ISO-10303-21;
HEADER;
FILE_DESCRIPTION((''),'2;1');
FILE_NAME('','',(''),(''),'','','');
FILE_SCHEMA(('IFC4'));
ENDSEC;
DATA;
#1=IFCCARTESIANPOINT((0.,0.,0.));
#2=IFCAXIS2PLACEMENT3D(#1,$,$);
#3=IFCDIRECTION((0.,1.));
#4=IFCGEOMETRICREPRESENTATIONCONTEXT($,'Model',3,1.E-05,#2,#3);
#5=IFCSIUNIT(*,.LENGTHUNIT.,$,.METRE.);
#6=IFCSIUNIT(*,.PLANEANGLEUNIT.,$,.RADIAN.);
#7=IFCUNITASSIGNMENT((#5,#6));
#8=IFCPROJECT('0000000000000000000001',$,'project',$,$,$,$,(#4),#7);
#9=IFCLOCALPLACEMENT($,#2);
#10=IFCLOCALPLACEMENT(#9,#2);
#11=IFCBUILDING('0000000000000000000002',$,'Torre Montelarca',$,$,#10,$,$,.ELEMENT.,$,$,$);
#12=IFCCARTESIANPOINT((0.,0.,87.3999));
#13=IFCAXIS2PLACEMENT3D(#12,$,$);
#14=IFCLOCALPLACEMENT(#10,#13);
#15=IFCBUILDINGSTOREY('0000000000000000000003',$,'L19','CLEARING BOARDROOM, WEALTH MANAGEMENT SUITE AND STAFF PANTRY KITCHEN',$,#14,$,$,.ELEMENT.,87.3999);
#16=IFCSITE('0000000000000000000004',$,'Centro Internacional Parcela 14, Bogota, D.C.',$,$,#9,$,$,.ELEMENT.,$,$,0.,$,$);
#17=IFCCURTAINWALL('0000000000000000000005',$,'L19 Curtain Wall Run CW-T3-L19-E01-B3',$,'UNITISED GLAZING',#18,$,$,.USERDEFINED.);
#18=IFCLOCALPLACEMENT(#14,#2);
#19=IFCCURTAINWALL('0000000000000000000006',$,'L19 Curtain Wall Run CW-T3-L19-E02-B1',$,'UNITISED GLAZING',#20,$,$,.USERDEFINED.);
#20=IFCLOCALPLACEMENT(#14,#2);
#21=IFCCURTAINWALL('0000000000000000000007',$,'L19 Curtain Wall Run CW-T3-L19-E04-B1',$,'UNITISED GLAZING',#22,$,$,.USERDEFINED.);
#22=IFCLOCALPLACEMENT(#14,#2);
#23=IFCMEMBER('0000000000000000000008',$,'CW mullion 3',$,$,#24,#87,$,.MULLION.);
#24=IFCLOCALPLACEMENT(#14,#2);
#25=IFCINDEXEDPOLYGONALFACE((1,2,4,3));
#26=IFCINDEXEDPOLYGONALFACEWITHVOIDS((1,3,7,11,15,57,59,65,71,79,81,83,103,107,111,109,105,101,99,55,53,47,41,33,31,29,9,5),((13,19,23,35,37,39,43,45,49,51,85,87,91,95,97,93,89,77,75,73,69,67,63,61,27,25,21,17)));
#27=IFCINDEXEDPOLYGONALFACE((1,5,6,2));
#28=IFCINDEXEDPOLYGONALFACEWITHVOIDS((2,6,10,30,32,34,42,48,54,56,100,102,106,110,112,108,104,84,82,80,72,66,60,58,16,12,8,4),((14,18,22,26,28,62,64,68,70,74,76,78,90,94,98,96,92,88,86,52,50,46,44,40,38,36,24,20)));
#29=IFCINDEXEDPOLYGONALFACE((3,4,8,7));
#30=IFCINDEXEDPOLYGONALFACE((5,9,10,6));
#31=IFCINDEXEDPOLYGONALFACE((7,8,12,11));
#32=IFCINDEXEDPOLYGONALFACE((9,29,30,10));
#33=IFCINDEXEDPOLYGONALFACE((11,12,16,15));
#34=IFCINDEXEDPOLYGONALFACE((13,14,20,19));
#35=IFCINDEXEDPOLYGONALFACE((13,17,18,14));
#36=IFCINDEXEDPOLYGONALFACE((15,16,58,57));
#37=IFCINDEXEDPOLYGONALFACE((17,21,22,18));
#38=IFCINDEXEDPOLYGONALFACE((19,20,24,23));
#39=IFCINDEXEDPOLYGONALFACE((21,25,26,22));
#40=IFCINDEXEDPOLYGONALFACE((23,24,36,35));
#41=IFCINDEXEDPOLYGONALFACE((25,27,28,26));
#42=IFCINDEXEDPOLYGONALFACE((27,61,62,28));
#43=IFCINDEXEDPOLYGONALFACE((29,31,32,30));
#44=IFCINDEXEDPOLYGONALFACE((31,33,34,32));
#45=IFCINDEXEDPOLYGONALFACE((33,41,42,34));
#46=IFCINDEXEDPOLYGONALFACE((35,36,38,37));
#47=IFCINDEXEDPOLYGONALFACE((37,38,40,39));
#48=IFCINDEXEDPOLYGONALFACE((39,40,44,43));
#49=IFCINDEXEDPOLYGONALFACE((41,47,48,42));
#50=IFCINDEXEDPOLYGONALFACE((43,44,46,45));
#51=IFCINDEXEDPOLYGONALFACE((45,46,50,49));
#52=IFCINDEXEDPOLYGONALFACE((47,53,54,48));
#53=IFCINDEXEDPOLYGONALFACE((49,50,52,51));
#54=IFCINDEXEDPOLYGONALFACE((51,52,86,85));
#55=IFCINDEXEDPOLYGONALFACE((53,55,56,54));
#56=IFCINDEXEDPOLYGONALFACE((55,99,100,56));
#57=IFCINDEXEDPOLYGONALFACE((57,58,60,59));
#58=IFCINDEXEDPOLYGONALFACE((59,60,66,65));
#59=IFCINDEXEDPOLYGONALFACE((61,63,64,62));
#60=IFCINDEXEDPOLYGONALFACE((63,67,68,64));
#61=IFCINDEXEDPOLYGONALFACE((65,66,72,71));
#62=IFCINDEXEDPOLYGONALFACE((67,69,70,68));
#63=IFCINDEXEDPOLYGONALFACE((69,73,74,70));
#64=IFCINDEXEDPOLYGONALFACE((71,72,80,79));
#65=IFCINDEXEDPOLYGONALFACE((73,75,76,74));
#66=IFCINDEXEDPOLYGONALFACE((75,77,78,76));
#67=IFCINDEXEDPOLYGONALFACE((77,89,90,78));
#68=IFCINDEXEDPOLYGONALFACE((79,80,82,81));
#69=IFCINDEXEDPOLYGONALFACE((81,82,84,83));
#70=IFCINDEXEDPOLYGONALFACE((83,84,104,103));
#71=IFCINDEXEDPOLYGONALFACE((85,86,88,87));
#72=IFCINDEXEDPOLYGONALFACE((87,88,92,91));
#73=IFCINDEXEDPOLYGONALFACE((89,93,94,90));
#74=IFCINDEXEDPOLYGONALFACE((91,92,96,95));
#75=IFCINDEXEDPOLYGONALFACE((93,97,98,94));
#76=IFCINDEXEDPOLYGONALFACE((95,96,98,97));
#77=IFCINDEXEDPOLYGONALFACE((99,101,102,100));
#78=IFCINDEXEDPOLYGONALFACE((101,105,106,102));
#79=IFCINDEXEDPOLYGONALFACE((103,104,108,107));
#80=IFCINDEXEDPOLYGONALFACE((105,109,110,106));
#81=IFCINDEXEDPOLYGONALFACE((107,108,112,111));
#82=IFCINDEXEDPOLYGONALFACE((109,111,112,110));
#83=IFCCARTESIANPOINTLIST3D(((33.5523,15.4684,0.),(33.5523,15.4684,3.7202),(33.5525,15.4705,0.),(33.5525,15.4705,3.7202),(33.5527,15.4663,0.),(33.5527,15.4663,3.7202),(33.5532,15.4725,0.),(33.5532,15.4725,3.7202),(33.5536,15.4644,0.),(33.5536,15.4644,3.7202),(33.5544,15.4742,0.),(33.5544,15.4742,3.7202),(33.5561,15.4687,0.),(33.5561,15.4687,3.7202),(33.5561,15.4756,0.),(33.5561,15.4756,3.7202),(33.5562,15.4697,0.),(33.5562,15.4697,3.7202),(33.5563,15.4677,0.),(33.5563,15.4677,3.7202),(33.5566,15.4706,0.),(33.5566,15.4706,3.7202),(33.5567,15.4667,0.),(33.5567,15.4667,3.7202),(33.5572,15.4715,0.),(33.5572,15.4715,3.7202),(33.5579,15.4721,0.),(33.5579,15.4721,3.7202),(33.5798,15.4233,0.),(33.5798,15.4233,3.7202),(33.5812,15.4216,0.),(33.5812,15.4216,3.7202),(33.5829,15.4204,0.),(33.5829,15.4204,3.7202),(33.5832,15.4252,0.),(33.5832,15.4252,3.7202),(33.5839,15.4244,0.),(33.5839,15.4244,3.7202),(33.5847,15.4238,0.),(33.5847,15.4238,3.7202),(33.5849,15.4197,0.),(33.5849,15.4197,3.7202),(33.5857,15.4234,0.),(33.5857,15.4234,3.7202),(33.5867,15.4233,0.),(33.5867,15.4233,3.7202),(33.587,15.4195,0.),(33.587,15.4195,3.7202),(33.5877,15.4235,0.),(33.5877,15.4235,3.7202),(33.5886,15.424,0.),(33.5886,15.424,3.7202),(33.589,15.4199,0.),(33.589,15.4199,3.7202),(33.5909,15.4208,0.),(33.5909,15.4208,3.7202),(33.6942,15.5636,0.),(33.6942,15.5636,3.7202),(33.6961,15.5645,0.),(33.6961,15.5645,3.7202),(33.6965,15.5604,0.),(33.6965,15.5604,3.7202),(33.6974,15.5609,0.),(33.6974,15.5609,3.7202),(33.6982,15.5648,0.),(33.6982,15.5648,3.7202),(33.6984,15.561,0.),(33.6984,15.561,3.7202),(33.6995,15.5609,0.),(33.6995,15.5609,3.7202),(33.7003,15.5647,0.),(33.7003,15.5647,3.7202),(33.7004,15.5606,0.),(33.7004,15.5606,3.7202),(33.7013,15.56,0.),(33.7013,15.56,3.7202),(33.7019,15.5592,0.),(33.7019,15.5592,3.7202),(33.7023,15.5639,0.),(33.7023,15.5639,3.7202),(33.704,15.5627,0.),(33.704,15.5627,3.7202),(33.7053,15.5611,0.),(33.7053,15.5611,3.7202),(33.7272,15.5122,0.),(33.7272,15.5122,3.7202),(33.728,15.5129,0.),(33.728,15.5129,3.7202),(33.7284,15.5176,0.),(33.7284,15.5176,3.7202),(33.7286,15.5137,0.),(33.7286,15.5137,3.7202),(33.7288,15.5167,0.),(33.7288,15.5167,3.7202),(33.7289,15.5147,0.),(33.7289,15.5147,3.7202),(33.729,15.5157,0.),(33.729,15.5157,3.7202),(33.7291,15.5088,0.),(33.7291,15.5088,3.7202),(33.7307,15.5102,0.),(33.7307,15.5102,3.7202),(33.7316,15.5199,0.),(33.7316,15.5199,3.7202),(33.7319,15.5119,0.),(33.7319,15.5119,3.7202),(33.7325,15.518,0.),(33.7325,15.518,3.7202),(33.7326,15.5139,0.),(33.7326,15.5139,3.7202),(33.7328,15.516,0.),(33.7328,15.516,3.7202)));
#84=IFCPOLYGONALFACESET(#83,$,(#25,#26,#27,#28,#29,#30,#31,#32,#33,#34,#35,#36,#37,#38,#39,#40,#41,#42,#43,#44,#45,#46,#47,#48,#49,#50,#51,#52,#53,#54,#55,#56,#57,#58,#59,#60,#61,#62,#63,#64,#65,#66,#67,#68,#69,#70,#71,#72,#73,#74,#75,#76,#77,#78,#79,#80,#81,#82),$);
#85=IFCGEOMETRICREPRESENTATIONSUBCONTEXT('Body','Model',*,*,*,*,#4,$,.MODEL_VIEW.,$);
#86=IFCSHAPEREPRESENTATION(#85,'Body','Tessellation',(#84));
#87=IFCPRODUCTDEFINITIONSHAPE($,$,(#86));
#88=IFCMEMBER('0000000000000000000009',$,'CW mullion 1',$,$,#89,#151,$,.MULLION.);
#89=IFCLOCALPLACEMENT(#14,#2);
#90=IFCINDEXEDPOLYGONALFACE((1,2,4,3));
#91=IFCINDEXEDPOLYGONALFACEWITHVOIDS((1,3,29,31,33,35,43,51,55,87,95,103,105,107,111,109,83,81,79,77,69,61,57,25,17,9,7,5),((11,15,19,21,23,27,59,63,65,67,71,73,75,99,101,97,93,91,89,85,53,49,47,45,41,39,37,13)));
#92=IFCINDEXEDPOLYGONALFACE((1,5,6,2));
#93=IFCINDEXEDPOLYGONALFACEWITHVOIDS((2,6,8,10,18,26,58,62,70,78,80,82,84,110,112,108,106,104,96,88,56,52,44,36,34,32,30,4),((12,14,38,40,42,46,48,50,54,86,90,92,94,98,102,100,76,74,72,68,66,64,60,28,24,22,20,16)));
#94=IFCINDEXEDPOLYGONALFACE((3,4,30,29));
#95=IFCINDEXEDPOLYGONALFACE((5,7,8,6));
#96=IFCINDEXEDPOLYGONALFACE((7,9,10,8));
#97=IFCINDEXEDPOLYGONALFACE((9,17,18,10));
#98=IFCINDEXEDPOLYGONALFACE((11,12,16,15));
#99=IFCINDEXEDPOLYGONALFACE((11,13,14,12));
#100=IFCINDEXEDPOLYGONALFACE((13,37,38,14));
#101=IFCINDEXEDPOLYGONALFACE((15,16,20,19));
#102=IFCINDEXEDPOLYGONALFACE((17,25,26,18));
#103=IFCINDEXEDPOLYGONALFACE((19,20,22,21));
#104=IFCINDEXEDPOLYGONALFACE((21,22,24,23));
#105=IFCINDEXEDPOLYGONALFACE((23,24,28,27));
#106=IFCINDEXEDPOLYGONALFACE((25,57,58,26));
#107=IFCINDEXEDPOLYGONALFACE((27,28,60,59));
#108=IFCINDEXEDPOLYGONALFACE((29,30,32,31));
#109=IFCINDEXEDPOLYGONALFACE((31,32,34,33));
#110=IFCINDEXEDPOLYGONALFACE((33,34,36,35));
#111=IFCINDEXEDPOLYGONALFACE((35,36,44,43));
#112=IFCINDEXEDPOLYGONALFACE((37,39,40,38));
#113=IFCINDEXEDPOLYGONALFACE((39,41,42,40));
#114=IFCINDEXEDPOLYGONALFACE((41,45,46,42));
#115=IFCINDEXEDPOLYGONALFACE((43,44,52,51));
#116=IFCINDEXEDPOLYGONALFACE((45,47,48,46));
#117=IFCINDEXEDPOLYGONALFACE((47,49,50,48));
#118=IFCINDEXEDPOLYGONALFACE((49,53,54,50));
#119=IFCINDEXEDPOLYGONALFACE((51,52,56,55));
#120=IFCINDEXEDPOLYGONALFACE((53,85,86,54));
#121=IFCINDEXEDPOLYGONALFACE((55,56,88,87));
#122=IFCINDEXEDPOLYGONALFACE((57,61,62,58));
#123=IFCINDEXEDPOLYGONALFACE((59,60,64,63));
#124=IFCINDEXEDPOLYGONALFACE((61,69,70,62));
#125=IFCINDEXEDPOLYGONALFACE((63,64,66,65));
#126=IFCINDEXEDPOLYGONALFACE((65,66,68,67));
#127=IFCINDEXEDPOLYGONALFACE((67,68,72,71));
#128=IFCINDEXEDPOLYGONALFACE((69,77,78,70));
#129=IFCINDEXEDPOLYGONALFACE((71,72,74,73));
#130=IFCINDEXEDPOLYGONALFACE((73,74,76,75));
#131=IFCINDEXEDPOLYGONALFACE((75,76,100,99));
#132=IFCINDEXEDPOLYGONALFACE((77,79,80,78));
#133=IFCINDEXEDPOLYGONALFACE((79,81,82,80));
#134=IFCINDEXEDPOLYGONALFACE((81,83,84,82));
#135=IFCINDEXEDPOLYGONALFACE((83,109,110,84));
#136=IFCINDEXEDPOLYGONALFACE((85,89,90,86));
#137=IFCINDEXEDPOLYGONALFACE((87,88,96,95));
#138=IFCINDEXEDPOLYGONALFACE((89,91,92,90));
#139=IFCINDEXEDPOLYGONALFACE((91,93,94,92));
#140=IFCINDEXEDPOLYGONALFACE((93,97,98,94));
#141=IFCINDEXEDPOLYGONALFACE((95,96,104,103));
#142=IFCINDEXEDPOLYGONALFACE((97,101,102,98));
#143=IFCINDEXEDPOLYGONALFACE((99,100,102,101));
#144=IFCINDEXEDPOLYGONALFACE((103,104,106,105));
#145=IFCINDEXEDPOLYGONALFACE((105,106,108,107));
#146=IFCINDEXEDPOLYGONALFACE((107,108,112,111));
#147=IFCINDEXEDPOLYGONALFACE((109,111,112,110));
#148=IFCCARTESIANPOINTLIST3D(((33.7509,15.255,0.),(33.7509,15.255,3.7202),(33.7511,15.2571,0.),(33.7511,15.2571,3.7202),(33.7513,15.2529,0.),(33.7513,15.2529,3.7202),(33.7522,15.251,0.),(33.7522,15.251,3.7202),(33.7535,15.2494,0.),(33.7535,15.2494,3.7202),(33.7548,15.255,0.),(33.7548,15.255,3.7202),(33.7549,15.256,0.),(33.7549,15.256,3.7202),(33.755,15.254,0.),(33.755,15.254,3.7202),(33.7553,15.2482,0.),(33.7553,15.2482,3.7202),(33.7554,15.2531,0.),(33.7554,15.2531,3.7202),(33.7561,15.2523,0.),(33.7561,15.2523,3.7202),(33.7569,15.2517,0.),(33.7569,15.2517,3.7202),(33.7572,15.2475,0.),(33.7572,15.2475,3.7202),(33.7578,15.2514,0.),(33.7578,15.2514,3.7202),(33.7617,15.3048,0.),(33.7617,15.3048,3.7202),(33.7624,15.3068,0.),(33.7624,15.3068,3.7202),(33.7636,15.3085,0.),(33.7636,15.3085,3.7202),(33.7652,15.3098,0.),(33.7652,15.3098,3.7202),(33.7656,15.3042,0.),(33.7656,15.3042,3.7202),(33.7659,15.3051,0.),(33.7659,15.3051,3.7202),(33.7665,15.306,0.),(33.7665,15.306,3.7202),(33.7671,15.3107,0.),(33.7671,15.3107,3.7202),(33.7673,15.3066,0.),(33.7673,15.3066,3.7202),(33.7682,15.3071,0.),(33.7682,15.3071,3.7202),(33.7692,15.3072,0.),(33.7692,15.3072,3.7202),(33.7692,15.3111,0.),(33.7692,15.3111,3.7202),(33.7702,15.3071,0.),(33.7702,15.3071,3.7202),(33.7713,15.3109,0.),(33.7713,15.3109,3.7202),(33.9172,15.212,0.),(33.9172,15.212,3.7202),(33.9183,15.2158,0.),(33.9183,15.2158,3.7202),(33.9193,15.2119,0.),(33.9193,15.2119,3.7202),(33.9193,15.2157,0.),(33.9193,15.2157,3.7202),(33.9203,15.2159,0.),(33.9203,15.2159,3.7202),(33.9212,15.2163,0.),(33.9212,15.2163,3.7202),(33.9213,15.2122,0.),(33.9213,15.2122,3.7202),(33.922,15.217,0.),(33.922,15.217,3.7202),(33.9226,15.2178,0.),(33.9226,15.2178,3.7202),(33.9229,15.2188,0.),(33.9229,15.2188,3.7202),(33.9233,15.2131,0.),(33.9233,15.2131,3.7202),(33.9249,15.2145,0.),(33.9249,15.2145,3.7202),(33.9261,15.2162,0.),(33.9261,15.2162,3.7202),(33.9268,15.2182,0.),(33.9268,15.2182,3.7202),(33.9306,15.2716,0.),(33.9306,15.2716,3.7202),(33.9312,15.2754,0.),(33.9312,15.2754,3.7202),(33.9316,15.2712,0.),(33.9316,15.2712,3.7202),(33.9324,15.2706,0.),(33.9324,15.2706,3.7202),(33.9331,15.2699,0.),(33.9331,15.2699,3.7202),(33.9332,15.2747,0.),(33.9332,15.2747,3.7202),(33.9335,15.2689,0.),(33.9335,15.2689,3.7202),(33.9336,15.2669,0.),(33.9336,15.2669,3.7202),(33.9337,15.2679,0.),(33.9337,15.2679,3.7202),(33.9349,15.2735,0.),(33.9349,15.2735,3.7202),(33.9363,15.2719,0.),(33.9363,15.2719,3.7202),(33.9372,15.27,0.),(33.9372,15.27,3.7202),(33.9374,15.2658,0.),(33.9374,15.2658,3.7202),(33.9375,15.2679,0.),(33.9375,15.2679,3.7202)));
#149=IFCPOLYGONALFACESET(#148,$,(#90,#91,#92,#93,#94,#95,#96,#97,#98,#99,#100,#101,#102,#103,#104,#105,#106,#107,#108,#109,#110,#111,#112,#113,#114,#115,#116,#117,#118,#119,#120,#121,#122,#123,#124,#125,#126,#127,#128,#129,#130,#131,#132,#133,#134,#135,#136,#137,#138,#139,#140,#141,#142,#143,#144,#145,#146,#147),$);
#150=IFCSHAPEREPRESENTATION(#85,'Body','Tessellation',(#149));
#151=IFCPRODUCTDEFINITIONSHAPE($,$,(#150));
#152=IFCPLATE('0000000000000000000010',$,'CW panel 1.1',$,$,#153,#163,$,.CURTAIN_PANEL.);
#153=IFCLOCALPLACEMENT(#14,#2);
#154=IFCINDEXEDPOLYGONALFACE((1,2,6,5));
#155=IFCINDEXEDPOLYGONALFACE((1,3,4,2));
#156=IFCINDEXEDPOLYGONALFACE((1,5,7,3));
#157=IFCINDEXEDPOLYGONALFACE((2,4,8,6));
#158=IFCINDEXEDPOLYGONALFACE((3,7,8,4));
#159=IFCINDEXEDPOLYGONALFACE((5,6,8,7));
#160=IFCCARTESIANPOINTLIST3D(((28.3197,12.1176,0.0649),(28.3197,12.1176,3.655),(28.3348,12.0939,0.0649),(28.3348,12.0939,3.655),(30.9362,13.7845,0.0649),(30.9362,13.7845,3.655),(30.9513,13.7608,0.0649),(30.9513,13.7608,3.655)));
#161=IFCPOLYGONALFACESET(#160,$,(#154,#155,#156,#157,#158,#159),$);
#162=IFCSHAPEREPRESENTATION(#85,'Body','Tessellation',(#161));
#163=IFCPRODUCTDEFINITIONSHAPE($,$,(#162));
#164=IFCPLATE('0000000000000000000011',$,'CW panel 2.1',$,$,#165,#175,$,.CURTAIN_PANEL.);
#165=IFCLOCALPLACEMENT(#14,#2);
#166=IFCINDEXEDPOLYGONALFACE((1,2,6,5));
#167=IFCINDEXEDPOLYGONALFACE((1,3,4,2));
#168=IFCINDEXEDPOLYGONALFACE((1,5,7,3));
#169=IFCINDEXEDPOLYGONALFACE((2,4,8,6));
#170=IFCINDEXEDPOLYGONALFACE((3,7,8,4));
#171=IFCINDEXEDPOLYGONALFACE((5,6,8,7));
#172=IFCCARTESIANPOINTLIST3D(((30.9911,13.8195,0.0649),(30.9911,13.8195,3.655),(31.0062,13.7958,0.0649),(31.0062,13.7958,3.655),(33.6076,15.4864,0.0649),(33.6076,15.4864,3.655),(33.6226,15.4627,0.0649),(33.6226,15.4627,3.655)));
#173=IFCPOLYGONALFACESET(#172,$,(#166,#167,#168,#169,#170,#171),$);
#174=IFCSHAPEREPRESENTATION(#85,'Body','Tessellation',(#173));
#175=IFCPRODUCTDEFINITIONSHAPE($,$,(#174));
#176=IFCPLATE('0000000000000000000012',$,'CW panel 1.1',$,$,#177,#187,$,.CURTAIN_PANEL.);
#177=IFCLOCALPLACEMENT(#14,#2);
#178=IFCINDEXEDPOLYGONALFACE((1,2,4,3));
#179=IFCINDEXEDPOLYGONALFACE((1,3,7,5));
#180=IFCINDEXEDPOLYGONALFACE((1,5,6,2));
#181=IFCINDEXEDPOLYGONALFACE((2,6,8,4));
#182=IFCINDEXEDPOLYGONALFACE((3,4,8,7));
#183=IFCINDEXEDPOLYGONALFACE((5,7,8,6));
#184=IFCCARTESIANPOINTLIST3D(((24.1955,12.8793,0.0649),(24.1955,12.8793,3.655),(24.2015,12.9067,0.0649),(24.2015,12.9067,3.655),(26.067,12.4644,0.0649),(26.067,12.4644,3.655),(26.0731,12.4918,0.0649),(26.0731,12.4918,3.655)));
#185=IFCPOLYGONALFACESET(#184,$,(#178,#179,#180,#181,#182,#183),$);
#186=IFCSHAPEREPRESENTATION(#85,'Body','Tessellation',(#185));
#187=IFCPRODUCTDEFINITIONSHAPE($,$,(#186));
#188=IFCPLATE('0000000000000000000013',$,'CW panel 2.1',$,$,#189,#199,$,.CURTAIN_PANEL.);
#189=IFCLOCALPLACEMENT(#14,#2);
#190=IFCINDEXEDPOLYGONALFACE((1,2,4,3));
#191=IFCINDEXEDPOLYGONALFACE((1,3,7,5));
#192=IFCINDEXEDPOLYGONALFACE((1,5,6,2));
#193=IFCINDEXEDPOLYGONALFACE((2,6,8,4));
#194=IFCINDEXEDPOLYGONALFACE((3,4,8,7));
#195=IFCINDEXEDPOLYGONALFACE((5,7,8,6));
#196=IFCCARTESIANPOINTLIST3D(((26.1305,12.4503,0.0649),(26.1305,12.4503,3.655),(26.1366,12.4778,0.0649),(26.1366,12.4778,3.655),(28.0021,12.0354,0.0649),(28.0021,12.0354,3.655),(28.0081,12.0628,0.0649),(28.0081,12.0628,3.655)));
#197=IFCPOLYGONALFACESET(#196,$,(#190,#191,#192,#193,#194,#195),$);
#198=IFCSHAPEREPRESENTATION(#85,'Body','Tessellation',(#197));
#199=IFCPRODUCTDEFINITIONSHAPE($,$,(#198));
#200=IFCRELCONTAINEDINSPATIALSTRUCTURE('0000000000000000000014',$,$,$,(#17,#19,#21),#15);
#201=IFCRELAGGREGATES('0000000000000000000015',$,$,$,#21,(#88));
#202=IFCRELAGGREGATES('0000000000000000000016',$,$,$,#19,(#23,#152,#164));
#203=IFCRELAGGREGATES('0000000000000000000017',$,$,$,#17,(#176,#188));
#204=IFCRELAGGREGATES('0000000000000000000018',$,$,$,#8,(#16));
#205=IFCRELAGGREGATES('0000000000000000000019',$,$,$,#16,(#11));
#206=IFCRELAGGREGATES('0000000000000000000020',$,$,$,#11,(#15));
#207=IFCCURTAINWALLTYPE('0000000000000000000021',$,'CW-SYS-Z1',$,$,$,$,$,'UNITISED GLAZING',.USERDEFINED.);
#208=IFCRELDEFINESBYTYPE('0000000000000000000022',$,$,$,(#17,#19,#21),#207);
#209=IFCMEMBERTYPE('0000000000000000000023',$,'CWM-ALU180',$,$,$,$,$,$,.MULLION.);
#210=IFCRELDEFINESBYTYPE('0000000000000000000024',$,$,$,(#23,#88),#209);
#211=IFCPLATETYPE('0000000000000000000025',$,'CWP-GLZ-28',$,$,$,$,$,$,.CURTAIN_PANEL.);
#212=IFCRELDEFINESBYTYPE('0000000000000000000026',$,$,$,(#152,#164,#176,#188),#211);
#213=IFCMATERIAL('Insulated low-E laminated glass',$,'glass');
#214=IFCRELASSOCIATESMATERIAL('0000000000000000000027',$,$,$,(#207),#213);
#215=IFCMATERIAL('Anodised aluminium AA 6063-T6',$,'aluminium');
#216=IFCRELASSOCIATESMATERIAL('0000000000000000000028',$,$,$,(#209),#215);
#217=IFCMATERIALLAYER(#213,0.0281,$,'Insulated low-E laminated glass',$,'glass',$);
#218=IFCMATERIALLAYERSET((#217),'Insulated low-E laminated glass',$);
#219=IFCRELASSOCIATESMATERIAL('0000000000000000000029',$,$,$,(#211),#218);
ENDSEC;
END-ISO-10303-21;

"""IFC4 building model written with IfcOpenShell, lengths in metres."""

from ifc_helpers import new_model, si_unit, direction, frame, origin, origin_2d, place, context, subcontext, project, spatial, rectangle, hollow_rectangle, extrude, source, transform, mapped, material, layer, layer_set, material_profile, profile_set, type_object, element, aggregate, save


model = new_model("IFC4")

# Units and contexts
model_context = context("Model", 3, precision=1e-05, world=origin(), true_north=direction((0.0, 1.0)))
body_context = subcontext(model_context, "Body", "Model", "MODEL_VIEW")
ifc_project = project(units=[si_unit("LENGTHUNIT", "METRE"), si_unit("PLANEANGLEUNIT", "RADIAN")], contexts=[model_context])

# Site, building, storey
site_placement = place(None, origin())
site = spatial("IfcSite", under=ifc_project, at=site_placement, Name="Centro Internacional Parcela 14, Bogota, D.C.", CompositionType="ELEMENT", RefElevation=0.0)
building_placement = place(site_placement, origin())
building = spatial("IfcBuilding", under=site, at=building_placement, Name="Torre Montelarca", CompositionType="ELEMENT")
storey_placement = place(building_placement, frame((0.0, 0.0, 87.3999)))
storey = spatial("IfcBuildingStorey", under=building, at=storey_placement, Name="L19", Description="CLEARING BOARDROOM, WEALTH MANAGEMENT SUITE AND STAFF PANTRY KITCHEN", CompositionType="ELEMENT", Elevation=87.3999)

# Curtain walls
ifc_material_1 = material(Name="Insulated low-E laminated glass", Category="glass")
curtain_wall_type = type_object("IfcCurtainWallType", Name="CW-SYS-Z1", ElementType="UNITISED GLAZING", PredefinedType="USERDEFINED", material=ifc_material_1)
curtain_wall_1_placement = place(storey_placement, origin())
curtain_wall_1 = element("IfcCurtainWall", 1, at=curtain_wall_1_placement, inside=storey, type_object=curtain_wall_type, Name="L19 Curtain Wall Run CW-T3-L19-E01-B3", ObjectType="UNITISED GLAZING", PredefinedType="USERDEFINED")
ifc_material_2 = material(Name="Anodised aluminium AA 6063-T6", Category="aluminium")
curtain_wall_2_placement = place(storey_placement, origin())
curtain_wall_2 = element("IfcCurtainWall", 2, at=curtain_wall_2_placement, inside=storey, type_object=curtain_wall_type, Name="L19 Curtain Wall Run CW-T3-L19-E02-B1", ObjectType="UNITISED GLAZING", PredefinedType="USERDEFINED")
curtain_wall_3_placement = place(storey_placement, origin())
curtain_wall_3 = element("IfcCurtainWall", 3, at=curtain_wall_3_placement, inside=storey, type_object=curtain_wall_type, Name="L19 Curtain Wall Run CW-T3-L19-E04-B1", ObjectType="UNITISED GLAZING", PredefinedType="USERDEFINED")

# Shared definitions
ifc_material_profile_1 = material_profile(ifc_material_2, hollow_rectangle(XDim=0.0649, YDim=0.1799, WallThickness=0.0039, InnerFilletRadius=0.0039, OuterFilletRadius=0.0081, at=origin_2d()), Name="ALU65X180X4", Category="aluminium")
ifc_profile_set_1 = profile_set([ifc_material_profile_1], Name="Anodised aluminium AA 6063-T6")
member_type_1 = type_object("IfcMemberType", Name="CWM-ALU180", PredefinedType="MULLION", material=ifc_profile_set_1)
shared_shape_1 = source(origin(), body_context, "Body", "SweptSolid", [
    extrude(hollow_rectangle(XDim=0.0649, YDim=0.1799, WallThickness=0.0039, InnerFilletRadius=0.0039, OuterFilletRadius=0.0081, at=origin_2d()), origin(), (0.0, 0.0, 1.0), 3.7202),
])

# Members
member_1_placement = place(storey_placement, frame((33.6426, 15.4922, 0.0), z_axis=(0.0, 0.0, 1.0), x_axis=(-0.537312, 0.843383, 0.0)))
member_1 = element("IfcMember", 4, at=member_1_placement, type_object=member_type_1, Name="CW mullion 3", PredefinedType="MULLION", context=body_context, shape_type="MappedRepresentation", body=[
    mapped(shared_shape_1, transform((0.0, 0.0, 0.0), scale=1.0)),
])
member_2_placement = place(storey_placement, frame((33.8442, 15.2615, 0.0), z_axis=(0.0, 0.0, 1.0), x_axis=(0.216437, 0.976297, 0.0)))
member_2 = element("IfcMember", 5, at=member_2_placement, type_object=member_type_1, Name="CW mullion 1", PredefinedType="MULLION", context=body_context, shape_type="MappedRepresentation", body=[
    mapped(shared_shape_1, transform((0.0, 0.0, 0.0), scale=1.0)),
])
aggregate(curtain_wall_3, [member_2])

# Plates
ifc_layer_1 = layer(ifc_material_1, 0.0281, Name="Insulated low-E laminated glass", Category="glass")
ifc_layer_set_1 = layer_set([ifc_layer_1], Name="Insulated low-E laminated glass")
plate_type = type_object("IfcPlateType", Name="CWP-GLZ-28", PredefinedType="CURTAIN_PANEL", material=ifc_layer_set_1)
shared_shape_2 = source(origin(), body_context, "Body", "SweptSolid", [
    extrude(rectangle(XDim=3.1023, YDim=0.0281, at=origin_2d()), origin(), (0.0, 0.0, 1.0), 3.5901),
])
plate_1_placement = place(storey_placement, frame((29.6355, 12.9392, 0.0649), z_axis=(0.0, 0.0, 1.0), x_axis=(0.843383, 0.537312, 0.0)))
plate_1 = element("IfcPlate", 6, at=plate_1_placement, type_object=plate_type, Name="CW panel 1.1", PredefinedType="CURTAIN_PANEL", context=body_context, shape_type="MappedRepresentation", body=[
    mapped(shared_shape_2, transform((0.0, 0.0, 0.0), scale=1.0)),
])
plate_2_placement = place(storey_placement, frame((32.3069, 14.6411, 0.0649), z_axis=(0.0, 0.0, 1.0), x_axis=(0.843383, 0.537312, 0.0)))
plate_2 = element("IfcPlate", 7, at=plate_2_placement, type_object=plate_type, Name="CW panel 2.1", PredefinedType="CURTAIN_PANEL", context=body_context, shape_type="MappedRepresentation", body=[
    mapped(shared_shape_2, transform((0.0, 0.0, 0.0), scale=1.0)),
])
aggregate(curtain_wall_2, [member_1, plate_1, plate_2])
shared_shape_3 = source(origin(), body_context, "Body", "SweptSolid", [
    extrude(rectangle(XDim=1.917, YDim=0.0281, at=origin_2d()), origin(), (0.0, 0.0, 1.0), 3.5901),
])
plate_3_placement = place(storey_placement, frame((25.1343, 12.6855, 0.0649), z_axis=(0.0, 0.0, 1.0), x_axis=(0.976295, -0.216444, 0.0)))
plate_3 = element("IfcPlate", 8, at=plate_3_placement, type_object=plate_type, Name="CW panel 1.1", PredefinedType="CURTAIN_PANEL", context=body_context, shape_type="MappedRepresentation", body=[
    mapped(shared_shape_3, transform((0.0, 0.0, 0.0), scale=1.0)),
])
plate_4_placement = place(storey_placement, frame((27.0693, 12.2566, 0.0649), z_axis=(0.0, 0.0, 1.0), x_axis=(0.976295, -0.216444, 0.0)))
plate_4 = element("IfcPlate", 9, at=plate_4_placement, type_object=plate_type, Name="CW panel 2.1", PredefinedType="CURTAIN_PANEL", context=body_context, shape_type="MappedRepresentation", body=[
    mapped(shared_shape_3, transform((0.0, 0.0, 0.0), scale=1.0)),
])
aggregate(curtain_wall_1, [plate_3, plate_4])

save(model, "model.ifc")
